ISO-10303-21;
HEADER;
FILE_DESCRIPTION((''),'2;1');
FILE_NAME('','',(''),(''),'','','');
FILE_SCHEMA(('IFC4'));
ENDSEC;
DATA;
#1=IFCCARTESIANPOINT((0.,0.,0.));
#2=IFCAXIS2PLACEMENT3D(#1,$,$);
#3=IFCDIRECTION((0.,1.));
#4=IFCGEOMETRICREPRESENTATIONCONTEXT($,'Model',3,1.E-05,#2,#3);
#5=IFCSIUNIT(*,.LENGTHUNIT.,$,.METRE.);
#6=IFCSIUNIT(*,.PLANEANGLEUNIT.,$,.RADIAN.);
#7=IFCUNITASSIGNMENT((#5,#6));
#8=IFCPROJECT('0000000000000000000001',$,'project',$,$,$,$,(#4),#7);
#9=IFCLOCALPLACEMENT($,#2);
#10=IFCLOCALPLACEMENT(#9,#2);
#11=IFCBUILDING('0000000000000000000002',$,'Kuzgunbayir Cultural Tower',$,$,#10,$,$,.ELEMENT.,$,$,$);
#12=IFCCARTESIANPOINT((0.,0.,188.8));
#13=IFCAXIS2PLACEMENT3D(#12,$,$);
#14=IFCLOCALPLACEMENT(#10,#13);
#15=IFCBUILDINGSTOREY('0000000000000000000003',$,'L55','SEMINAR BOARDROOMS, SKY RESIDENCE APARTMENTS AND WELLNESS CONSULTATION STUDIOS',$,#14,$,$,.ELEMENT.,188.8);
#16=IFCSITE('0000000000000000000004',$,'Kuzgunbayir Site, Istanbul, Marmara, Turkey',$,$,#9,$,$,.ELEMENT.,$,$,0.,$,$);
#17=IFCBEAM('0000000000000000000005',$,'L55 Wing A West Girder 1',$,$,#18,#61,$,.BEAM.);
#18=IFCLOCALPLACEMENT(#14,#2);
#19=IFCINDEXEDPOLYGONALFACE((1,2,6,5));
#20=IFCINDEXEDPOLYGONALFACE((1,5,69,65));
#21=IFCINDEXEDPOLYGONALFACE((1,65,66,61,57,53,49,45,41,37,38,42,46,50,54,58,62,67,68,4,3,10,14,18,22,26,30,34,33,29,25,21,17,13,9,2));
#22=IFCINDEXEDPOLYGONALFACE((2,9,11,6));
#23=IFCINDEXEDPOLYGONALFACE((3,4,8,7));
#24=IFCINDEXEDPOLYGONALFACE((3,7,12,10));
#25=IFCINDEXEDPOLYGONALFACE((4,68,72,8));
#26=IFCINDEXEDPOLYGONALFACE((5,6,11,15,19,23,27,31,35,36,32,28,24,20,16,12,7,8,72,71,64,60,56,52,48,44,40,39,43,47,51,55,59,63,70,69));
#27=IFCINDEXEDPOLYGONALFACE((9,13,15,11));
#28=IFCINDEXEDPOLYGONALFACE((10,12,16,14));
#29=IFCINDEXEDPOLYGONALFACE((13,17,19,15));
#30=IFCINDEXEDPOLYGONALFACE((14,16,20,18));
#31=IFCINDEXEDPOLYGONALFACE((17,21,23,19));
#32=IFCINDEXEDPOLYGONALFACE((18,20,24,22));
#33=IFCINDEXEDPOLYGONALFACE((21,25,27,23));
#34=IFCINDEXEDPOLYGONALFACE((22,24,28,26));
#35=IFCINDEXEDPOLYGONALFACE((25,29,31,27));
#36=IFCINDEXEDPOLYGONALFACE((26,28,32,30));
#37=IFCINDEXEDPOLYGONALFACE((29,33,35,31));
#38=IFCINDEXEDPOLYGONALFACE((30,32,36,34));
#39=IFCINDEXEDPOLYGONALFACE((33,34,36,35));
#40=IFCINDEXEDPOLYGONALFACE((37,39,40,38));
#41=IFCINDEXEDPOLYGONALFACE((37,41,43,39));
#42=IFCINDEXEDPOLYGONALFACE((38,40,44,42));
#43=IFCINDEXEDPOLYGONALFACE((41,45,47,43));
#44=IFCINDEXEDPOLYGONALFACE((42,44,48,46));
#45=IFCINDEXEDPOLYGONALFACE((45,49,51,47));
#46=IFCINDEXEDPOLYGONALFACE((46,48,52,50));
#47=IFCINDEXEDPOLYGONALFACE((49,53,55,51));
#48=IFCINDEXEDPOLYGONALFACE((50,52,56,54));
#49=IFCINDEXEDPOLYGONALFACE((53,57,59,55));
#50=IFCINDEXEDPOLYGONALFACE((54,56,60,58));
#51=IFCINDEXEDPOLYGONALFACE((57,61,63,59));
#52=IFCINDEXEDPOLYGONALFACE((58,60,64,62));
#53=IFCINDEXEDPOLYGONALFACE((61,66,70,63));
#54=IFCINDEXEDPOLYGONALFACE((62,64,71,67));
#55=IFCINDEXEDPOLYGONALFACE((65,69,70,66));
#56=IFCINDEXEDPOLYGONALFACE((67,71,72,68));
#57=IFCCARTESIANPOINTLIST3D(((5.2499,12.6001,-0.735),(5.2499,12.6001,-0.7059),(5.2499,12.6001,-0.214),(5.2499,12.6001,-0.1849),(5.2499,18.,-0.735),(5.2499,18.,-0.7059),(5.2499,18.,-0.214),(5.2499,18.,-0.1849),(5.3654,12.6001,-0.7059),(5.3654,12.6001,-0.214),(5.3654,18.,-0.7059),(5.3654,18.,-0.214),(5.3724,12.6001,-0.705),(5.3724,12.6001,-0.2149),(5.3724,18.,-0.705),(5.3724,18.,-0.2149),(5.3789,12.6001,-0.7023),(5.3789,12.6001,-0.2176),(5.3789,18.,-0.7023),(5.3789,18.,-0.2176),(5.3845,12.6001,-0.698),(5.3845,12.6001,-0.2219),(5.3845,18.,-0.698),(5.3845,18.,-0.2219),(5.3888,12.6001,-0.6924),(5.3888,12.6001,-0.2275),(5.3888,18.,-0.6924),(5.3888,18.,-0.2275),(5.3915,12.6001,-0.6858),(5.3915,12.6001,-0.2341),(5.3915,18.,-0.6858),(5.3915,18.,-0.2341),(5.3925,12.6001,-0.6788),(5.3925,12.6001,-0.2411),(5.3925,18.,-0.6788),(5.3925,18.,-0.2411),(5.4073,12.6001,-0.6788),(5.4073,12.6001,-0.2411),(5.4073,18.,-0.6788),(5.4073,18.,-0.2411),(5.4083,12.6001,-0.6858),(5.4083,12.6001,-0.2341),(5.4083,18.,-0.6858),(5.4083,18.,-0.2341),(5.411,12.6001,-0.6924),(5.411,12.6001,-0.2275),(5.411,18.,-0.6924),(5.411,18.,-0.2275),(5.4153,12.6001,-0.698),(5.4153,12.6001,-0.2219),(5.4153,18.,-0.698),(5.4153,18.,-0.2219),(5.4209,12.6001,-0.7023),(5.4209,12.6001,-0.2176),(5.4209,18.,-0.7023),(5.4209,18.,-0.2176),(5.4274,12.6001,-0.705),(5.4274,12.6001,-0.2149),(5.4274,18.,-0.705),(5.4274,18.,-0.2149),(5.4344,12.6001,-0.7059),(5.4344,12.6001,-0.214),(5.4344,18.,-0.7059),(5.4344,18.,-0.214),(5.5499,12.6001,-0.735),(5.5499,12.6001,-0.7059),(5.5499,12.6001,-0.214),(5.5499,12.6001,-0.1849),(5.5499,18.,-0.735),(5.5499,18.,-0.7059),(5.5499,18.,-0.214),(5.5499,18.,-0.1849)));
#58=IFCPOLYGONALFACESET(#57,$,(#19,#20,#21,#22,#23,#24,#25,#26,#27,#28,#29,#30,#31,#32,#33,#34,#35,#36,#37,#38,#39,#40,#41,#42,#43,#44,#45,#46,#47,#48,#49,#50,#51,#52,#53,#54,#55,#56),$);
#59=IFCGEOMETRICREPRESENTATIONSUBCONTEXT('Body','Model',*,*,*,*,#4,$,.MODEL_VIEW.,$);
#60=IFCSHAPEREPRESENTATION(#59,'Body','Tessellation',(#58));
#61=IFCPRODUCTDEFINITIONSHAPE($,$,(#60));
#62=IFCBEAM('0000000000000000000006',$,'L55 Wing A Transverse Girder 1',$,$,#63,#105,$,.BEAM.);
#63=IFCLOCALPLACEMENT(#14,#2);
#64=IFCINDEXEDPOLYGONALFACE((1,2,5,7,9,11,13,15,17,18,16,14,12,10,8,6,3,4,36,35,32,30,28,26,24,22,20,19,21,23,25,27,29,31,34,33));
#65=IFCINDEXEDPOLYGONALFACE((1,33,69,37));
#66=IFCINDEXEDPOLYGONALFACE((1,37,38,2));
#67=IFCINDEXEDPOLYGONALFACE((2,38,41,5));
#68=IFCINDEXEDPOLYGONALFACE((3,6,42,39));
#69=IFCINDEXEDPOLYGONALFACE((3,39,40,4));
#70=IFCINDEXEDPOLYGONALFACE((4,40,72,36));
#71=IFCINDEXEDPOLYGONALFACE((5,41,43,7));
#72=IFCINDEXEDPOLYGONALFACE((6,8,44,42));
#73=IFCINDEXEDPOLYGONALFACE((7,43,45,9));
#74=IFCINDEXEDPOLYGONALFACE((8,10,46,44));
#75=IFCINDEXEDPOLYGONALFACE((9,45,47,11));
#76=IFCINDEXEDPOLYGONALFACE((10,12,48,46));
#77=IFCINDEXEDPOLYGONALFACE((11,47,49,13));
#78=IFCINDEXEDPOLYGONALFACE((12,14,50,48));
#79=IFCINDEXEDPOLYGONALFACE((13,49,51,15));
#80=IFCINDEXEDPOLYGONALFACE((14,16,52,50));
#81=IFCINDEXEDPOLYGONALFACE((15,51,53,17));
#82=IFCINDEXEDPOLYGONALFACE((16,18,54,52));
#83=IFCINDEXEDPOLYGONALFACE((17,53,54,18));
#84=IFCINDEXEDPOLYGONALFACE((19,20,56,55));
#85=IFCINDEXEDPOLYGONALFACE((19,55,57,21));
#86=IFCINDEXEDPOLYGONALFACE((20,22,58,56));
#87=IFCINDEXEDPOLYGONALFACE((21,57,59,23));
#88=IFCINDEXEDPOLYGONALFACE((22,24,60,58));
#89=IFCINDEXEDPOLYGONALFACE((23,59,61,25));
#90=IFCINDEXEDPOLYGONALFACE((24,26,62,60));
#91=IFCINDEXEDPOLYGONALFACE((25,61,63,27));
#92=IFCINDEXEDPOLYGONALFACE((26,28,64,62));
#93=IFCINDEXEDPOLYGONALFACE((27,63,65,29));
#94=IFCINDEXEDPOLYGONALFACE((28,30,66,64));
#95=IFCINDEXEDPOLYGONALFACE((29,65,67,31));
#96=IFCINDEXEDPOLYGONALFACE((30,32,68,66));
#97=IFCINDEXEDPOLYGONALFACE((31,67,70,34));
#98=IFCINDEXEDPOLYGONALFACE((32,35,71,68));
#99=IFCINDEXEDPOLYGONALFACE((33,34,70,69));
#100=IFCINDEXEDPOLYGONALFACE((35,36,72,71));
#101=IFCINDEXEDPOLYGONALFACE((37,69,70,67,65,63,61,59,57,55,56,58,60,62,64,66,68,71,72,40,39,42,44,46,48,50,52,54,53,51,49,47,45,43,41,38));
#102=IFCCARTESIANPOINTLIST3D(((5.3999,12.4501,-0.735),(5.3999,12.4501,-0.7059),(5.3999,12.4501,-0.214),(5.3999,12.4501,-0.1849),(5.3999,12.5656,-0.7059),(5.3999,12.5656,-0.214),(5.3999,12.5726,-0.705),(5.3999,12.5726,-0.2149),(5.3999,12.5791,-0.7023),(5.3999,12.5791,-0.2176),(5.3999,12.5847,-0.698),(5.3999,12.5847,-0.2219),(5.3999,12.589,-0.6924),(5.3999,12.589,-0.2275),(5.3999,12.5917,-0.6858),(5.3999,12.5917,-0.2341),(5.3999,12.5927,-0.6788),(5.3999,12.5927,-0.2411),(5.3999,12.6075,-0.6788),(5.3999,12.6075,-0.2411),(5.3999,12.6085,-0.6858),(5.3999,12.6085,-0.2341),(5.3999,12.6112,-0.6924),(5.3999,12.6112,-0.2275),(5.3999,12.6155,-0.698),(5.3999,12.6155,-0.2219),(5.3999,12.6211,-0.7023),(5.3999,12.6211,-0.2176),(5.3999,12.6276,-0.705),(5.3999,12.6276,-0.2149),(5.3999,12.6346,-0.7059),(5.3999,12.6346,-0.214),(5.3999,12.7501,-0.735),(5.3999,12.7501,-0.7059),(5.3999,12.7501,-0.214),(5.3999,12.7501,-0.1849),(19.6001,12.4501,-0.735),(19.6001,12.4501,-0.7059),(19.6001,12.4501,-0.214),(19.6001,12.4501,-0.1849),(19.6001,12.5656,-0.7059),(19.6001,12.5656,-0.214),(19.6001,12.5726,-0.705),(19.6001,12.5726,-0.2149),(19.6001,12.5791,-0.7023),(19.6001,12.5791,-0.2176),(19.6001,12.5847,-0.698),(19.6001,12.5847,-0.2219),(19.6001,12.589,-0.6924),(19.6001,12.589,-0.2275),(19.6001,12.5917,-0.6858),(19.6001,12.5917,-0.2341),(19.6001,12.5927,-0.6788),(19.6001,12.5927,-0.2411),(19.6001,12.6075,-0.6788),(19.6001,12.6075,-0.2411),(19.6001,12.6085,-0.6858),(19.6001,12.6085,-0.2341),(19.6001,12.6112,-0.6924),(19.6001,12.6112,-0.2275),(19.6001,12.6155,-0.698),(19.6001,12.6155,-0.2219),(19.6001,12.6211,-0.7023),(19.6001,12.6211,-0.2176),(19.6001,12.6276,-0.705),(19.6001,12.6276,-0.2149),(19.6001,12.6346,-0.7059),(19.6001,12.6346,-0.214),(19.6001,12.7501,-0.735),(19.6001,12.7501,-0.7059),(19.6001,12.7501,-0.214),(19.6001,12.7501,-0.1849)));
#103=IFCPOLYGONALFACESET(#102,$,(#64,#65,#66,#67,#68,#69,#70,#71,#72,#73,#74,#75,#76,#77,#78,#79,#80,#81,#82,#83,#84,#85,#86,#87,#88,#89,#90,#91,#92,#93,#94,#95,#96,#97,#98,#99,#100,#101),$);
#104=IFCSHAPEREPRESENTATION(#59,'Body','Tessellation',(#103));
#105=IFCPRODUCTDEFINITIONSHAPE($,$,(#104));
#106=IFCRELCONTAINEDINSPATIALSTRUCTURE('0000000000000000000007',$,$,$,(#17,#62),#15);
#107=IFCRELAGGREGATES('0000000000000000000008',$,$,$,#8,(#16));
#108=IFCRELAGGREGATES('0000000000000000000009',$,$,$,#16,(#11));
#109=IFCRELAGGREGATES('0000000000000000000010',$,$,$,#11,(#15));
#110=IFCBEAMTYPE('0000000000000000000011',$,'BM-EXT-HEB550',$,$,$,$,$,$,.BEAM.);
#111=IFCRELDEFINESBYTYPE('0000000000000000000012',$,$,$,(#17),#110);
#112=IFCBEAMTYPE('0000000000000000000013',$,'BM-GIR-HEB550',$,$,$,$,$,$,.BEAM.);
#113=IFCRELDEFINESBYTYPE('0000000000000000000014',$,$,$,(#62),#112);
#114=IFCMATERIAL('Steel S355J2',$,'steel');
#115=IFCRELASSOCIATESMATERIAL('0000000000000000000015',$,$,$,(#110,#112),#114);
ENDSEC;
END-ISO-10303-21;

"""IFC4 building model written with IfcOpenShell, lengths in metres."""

from ifc_helpers import new_model, si_unit, direction, frame, origin, origin_2d, place, context, subcontext, project, spatial, i_section, extrude, material, material_profile, profile_set, type_object, element, save


model = new_model("IFC4")

# Units and contexts
model_context = context("Model", 3, precision=1e-05, world=origin(), true_north=direction((0.0, 1.0)))
body_context = subcontext(model_context, "Body", "Model", "MODEL_VIEW")
ifc_project = project(units=[si_unit("LENGTHUNIT", "METRE"), si_unit("PLANEANGLEUNIT", "RADIAN")], contexts=[model_context])

# Site, building, storey
site_placement = place(None, origin())
site = spatial("IfcSite", under=ifc_project, at=site_placement, Name="Kuzgunbayir Site, Istanbul, Marmara, Turkey", CompositionType="ELEMENT", RefElevation=0.0)
building_placement = place(site_placement, origin())
building = spatial("IfcBuilding", under=site, at=building_placement, Name="Kuzgunbayir Cultural Tower", CompositionType="ELEMENT")
storey_placement = place(building_placement, frame((0.0, 0.0, 188.8)))
storey = spatial("IfcBuildingStorey", under=building, at=storey_placement, Name="L55", Description="SEMINAR BOARDROOMS, SKY RESIDENCE APARTMENTS AND WELLNESS CONSULTATION STUDIOS", CompositionType="ELEMENT", Elevation=188.8)

# Beams
ifc_material_1 = material(Name="Steel S355J2", Category="steel")
ifc_material_profile_1 = material_profile(ifc_material_1, i_section(OverallWidth=0.3, OverallDepth=0.55, WebThickness=0.0149, FlangeThickness=0.0291, FilletRadius=0.0271, at=origin_2d()), Name="HEB 550")
ifc_profile_set_1 = profile_set([ifc_material_profile_1], Name="Steel S355J2")
beam_type_1 = type_object("IfcBeamType", Name="BM-EXT-HEB550", PredefinedType="BEAM", material=ifc_profile_set_1)
beam_1_placement = place(storey_placement, frame((5.3999, 12.6001, -0.46), z_axis=(0.0, 1.0, 0.0), x_axis=(-1.0, 0.0, 0.0)))
element("IfcBeam", 1, at=beam_1_placement, inside=storey, type_object=beam_type_1, Name="L55 Wing A West Girder 1", PredefinedType="BEAM", context=body_context, shape_type="SweptSolid", body=[
    extrude(i_section(OverallWidth=0.3, OverallDepth=0.55, WebThickness=0.0149, FlangeThickness=0.0291, FilletRadius=0.0271, at=origin_2d()), origin(), (0.0, 0.0, 1.0), 5.3999),
])
ifc_material_profile_2 = material_profile(ifc_material_1, i_section(OverallWidth=0.3, OverallDepth=0.55, WebThickness=0.0149, FlangeThickness=0.0291, FilletRadius=0.0271, at=origin_2d()), Name="HEB 550")
ifc_profile_set_2 = profile_set([ifc_material_profile_2], Name="Steel S355J2")
beam_type_2 = type_object("IfcBeamType", Name="BM-GIR-HEB550", PredefinedType="BEAM", material=ifc_profile_set_2)
beam_2_placement = place(storey_placement, frame((5.3999, 12.6001, -0.46), z_axis=(1.0, 0.0, 0.0), x_axis=(0.0, 1.0, 0.0)))
element("IfcBeam", 2, at=beam_2_placement, inside=storey, type_object=beam_type_2, Name="L55 Wing A Transverse Girder 1", PredefinedType="BEAM", context=body_context, shape_type="SweptSolid", body=[
    extrude(i_section(OverallWidth=0.3, OverallDepth=0.55, WebThickness=0.0149, FlangeThickness=0.0291, FilletRadius=0.0271, at=origin_2d()), origin(), (0.0, 0.0, 1.0), 14.2002),
])

save(model, "model.ifc")
